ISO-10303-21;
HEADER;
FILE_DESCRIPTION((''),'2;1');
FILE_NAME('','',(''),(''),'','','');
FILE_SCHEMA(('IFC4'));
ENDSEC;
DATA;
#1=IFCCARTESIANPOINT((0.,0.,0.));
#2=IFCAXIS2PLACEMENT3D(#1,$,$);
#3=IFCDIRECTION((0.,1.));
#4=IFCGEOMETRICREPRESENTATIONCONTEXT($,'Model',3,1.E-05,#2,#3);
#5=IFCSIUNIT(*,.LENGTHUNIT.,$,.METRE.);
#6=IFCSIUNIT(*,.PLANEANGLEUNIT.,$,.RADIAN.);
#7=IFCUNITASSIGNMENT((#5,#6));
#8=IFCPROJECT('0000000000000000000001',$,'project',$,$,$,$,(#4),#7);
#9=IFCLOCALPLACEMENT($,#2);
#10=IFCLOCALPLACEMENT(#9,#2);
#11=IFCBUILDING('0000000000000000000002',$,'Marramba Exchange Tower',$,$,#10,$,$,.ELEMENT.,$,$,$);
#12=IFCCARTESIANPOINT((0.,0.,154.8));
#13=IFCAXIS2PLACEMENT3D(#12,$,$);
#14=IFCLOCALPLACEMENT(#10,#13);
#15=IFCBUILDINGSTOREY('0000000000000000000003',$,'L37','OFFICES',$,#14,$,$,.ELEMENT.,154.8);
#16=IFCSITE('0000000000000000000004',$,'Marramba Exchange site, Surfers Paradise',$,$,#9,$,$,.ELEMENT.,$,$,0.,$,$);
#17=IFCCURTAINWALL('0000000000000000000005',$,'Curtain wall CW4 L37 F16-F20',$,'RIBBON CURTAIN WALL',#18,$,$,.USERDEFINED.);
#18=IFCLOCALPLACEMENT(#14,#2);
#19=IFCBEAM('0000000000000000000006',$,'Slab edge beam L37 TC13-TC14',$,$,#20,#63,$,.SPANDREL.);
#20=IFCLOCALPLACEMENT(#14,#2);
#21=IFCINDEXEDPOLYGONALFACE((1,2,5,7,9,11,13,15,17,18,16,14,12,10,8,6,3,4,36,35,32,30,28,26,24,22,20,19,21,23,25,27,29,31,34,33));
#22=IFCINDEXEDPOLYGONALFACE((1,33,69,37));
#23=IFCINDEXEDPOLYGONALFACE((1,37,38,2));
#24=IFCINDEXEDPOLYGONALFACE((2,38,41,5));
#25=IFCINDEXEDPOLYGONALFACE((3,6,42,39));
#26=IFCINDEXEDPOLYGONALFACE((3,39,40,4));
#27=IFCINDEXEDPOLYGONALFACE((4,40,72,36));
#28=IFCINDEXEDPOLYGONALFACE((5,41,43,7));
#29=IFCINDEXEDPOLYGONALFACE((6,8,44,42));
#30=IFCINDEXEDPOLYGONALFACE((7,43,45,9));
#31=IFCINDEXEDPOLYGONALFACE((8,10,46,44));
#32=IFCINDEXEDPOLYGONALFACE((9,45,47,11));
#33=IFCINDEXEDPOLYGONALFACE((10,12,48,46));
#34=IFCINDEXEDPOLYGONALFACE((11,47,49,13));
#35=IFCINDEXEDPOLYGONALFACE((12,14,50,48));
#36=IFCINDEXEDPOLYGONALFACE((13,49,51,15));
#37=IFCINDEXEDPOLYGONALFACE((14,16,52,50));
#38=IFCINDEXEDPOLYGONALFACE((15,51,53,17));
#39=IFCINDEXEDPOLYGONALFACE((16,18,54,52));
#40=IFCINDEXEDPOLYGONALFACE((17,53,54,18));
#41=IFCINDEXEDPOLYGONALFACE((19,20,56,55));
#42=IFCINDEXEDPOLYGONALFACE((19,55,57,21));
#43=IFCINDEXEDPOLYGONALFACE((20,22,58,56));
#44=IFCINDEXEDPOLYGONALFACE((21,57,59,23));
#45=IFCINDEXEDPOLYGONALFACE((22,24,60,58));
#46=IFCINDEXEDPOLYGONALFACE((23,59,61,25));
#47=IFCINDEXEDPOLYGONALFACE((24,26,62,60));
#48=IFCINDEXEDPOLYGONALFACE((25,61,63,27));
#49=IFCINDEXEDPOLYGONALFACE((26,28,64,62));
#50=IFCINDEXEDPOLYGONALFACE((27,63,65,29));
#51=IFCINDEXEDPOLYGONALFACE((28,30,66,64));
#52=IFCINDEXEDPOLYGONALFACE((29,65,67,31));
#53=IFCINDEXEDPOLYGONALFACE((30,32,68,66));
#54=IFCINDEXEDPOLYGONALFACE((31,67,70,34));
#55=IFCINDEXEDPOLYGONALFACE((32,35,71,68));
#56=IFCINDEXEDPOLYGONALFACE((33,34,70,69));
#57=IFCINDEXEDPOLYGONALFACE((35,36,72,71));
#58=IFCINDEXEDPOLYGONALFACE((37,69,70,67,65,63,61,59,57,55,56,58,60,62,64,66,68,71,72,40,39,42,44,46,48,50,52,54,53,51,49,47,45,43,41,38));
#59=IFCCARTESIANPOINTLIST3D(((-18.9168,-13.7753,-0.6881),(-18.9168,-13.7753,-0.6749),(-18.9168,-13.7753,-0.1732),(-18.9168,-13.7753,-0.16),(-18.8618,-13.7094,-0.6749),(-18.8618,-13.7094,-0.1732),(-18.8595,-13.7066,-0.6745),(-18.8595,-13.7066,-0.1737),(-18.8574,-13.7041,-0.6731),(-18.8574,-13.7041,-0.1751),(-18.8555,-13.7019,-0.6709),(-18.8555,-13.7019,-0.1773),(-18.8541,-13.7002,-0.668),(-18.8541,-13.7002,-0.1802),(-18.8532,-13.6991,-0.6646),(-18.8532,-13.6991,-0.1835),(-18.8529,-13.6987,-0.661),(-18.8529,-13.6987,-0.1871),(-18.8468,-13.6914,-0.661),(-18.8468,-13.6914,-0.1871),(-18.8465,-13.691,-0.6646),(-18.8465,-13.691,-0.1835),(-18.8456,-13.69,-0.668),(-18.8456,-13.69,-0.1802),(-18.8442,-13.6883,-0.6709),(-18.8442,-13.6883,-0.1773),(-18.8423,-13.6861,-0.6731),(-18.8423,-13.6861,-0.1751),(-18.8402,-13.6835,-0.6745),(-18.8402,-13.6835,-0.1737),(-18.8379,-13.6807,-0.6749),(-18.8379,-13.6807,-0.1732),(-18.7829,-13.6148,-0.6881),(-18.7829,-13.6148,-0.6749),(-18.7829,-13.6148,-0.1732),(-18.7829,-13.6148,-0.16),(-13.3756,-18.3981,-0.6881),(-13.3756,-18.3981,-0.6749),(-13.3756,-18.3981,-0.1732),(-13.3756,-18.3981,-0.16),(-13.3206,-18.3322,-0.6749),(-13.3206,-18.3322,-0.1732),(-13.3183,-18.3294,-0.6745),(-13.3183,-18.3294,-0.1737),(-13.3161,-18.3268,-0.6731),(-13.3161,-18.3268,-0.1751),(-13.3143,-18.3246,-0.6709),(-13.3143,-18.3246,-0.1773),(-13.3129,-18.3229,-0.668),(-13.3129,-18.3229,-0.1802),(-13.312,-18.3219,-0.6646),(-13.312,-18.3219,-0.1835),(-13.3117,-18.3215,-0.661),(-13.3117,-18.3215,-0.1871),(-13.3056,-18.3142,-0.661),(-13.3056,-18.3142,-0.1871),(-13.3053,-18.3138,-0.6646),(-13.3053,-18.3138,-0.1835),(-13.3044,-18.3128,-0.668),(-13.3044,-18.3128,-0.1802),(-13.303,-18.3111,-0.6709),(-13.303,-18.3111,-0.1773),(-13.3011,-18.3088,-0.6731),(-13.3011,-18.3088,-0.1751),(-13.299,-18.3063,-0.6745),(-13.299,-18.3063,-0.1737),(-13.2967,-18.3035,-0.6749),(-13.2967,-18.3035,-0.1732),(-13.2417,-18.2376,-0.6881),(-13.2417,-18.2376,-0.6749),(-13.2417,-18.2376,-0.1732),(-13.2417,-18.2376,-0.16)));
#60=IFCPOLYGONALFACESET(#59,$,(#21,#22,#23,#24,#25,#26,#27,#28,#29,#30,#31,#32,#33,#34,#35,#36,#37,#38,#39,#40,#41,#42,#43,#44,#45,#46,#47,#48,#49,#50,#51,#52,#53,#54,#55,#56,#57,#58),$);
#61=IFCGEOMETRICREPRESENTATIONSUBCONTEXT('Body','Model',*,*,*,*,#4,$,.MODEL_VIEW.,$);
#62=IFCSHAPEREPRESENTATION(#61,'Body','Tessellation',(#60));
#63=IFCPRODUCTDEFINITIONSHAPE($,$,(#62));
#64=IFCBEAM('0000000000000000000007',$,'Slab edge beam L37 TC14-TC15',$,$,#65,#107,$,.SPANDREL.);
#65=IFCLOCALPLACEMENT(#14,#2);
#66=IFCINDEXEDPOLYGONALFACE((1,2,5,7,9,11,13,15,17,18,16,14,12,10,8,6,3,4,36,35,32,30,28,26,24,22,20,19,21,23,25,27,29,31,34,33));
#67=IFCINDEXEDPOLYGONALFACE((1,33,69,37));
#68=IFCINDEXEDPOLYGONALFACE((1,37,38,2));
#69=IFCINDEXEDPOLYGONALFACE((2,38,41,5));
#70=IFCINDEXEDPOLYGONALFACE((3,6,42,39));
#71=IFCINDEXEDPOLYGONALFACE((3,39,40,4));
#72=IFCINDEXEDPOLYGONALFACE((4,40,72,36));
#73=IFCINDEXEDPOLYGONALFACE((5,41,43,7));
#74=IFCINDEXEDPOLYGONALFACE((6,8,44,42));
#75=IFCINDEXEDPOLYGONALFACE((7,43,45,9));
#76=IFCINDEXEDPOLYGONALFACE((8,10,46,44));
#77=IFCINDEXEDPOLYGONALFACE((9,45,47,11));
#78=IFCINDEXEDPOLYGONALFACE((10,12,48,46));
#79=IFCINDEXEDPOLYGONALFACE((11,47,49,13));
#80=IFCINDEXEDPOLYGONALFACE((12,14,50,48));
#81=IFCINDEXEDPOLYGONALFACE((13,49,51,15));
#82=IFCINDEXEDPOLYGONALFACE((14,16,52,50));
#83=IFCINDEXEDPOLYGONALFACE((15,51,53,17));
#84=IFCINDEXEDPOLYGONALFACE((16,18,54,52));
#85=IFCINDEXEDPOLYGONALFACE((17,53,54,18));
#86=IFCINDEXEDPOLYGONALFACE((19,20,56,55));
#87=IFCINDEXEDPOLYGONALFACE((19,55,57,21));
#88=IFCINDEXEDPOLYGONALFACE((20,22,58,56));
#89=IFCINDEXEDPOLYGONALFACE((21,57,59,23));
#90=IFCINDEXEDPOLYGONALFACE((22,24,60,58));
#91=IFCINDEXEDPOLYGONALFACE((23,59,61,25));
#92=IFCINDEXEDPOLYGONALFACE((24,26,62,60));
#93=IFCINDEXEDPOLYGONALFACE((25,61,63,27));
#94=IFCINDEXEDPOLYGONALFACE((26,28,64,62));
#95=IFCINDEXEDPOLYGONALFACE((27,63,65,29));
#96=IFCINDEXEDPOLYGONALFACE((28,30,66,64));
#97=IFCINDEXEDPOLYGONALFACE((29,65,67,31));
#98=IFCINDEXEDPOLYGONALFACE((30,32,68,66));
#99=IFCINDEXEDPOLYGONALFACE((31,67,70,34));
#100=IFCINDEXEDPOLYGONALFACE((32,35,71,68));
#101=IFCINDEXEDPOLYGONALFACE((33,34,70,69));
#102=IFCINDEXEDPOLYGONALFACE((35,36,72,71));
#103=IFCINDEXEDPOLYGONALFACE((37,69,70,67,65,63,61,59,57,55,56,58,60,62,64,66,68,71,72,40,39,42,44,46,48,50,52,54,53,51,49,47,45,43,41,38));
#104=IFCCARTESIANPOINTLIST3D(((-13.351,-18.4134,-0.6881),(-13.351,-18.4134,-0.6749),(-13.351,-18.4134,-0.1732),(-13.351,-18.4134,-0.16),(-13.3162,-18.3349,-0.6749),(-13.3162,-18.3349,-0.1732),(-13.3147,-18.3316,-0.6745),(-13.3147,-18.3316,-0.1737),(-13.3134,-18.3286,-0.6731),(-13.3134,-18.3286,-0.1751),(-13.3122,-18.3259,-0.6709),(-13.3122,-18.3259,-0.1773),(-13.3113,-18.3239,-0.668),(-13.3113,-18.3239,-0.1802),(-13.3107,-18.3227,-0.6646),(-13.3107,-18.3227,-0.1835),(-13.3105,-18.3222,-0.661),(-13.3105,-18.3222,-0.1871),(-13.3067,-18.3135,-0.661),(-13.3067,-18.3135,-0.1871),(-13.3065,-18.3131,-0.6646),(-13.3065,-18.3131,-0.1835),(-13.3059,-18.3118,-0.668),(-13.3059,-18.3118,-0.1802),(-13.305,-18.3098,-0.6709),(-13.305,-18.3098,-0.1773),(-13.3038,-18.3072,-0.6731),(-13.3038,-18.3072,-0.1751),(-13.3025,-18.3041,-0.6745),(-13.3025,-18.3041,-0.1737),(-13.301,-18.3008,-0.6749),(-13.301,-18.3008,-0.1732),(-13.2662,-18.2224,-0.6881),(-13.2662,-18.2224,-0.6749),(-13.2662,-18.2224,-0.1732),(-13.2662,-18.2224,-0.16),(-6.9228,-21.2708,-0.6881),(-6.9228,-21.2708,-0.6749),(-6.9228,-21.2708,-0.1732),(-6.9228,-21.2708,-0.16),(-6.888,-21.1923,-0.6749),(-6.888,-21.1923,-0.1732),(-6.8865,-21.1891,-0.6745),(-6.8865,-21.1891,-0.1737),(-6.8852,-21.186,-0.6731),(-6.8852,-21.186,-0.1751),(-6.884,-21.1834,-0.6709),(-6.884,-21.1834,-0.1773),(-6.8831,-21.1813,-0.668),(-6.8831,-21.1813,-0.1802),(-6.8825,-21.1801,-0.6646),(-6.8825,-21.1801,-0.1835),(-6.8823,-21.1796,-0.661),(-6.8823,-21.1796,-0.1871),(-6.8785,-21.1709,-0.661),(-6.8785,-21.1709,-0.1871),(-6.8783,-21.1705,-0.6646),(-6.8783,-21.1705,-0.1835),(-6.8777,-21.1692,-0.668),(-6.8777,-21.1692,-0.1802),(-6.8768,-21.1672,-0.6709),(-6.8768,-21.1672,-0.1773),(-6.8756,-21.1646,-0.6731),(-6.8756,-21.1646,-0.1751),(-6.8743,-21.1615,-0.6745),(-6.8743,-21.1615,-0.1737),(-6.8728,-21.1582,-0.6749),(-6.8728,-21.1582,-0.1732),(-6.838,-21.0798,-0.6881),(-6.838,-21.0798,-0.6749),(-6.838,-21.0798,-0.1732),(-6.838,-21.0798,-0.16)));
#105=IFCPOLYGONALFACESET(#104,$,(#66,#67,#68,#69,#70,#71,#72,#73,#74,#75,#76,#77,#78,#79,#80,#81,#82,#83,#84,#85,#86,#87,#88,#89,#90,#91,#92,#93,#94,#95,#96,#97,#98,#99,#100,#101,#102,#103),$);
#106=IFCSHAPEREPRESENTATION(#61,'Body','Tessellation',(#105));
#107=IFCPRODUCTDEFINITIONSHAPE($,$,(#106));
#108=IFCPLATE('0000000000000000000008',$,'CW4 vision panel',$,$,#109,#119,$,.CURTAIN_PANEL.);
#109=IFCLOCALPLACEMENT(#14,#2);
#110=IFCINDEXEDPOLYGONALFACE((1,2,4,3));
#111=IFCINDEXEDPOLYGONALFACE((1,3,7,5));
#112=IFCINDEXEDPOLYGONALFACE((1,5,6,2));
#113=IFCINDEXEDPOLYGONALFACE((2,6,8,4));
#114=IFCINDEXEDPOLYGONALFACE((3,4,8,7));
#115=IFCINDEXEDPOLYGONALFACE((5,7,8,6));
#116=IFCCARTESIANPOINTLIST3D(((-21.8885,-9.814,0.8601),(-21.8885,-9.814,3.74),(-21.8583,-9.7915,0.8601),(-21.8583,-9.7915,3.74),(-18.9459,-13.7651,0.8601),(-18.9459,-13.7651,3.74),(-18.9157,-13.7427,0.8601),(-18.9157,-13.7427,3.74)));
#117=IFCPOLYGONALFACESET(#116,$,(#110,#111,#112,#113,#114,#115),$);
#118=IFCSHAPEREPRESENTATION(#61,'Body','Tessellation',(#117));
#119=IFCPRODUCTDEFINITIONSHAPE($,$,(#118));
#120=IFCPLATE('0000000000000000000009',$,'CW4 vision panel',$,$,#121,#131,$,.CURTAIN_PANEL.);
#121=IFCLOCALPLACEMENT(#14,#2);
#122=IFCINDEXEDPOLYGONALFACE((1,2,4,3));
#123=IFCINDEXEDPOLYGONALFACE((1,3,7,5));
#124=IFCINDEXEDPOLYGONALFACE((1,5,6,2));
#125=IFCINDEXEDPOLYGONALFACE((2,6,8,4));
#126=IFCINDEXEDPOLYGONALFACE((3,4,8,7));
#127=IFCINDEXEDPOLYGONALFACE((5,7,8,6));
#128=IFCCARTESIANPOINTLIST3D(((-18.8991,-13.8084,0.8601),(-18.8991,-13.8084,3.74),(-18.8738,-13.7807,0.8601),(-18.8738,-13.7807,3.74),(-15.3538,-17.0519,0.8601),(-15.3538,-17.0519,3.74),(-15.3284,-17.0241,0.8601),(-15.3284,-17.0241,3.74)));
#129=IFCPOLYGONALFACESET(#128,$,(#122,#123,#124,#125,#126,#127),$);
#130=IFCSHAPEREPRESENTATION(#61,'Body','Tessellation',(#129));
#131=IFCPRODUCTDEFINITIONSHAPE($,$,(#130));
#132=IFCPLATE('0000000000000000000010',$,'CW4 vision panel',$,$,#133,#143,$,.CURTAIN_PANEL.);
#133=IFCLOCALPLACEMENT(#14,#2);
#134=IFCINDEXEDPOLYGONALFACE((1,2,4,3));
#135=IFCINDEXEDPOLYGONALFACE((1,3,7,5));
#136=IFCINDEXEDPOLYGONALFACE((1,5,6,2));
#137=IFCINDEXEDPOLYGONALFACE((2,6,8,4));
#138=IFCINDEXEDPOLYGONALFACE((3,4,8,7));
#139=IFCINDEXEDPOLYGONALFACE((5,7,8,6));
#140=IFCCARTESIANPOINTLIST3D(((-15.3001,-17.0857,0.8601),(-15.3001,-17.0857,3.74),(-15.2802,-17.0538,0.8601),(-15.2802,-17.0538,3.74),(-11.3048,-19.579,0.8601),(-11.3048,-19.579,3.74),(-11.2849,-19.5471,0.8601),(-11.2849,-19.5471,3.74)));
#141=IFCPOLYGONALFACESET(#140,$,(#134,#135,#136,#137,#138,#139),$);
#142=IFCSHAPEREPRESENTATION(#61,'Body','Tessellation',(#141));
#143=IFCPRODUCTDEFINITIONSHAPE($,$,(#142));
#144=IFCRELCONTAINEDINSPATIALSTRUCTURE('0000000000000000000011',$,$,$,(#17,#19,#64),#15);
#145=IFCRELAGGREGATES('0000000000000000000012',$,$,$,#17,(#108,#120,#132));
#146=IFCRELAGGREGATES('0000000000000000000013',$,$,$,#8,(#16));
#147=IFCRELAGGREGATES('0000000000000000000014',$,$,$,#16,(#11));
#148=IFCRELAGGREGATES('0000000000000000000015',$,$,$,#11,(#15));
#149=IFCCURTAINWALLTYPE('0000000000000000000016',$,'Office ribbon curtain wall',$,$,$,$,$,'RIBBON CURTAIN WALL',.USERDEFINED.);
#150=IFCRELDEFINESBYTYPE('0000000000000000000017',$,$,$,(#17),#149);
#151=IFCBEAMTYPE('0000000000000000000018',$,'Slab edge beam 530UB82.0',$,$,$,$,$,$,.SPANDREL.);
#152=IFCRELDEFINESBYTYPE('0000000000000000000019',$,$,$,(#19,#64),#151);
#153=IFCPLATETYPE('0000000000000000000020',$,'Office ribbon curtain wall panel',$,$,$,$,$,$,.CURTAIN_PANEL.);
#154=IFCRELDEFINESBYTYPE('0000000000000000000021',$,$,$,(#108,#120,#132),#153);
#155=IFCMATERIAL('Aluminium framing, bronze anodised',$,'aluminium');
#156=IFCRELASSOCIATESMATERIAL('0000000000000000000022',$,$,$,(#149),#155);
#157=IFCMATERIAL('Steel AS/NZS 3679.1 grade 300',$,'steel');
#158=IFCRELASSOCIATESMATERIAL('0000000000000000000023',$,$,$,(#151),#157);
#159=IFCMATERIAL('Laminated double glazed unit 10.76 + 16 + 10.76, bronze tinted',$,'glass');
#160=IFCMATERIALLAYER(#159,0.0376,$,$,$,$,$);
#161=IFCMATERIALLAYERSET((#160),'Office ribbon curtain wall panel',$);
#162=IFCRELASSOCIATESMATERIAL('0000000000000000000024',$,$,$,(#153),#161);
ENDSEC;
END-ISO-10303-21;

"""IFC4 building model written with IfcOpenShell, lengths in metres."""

from ifc_helpers import new_model, si_unit, direction, frame, origin, origin_2d, place, context, subcontext, project, spatial, rectangle, i_section, extrude, material, layer, layer_set, material_profile, profile_set, type_object, element, aggregate, save


model = new_model("IFC4")

# Units and contexts
model_context = context("Model", 3, precision=1e-05, world=origin(), true_north=direction((0.0, 1.0)))
body_context = subcontext(model_context, "Body", "Model", "MODEL_VIEW")
ifc_project = project(units=[si_unit("LENGTHUNIT", "METRE"), si_unit("PLANEANGLEUNIT", "RADIAN")], contexts=[model_context])

# Site, building, storey
site_placement = place(None, origin())
site = spatial("IfcSite", under=ifc_project, at=site_placement, Name="Marramba Exchange site, Surfers Paradise", CompositionType="ELEMENT", RefElevation=0.0)
building_placement = place(site_placement, origin())
building = spatial("IfcBuilding", under=site, at=building_placement, Name="Marramba Exchange Tower", CompositionType="ELEMENT")
storey_placement = place(building_placement, frame((0.0, 0.0, 154.8)))
storey = spatial("IfcBuildingStorey", under=building, at=storey_placement, Name="L37", Description="OFFICES", CompositionType="ELEMENT", Elevation=154.8)

# Curtain wall
ifc_material_1 = material(Name="Aluminium framing, bronze anodised", Category="aluminium")
curtain_wall_type = type_object("IfcCurtainWallType", Name="Office ribbon curtain wall", ElementType="RIBBON CURTAIN WALL", PredefinedType="USERDEFINED", material=ifc_material_1)
curtain_wall_placement = place(storey_placement, origin())
curtain_wall = element("IfcCurtainWall", 1, at=curtain_wall_placement, inside=storey, type_object=curtain_wall_type, Name="Curtain wall CW4 L37 F16-F20", ObjectType="RIBBON CURTAIN WALL", PredefinedType="USERDEFINED")

# Beams
ifc_material_2 = material(Name="Steel AS/NZS 3679.1 grade 300", Category="steel")
ifc_material_profile_1 = material_profile(ifc_material_2, i_section(OverallWidth=0.209, OverallDepth=0.5281, WebThickness=0.0095, FlangeThickness=0.0132, FilletRadius=0.0139, at=origin_2d()), Name="530UB82.0")
ifc_profile_set_1 = profile_set([ifc_material_profile_1], Name="Steel AS/NZS 3679.1 grade 300")
beam_type_1 = type_object("IfcBeamType", Name="Slab edge beam 530UB82.0", PredefinedType="SPANDREL", material=ifc_profile_set_1)
beam_1_placement = place(storey_placement, frame((-18.8499, -13.6951, -0.4241), z_axis=(0.767875, -0.6406, 0.0), x_axis=(0.6406, 0.767875, 0.0)))
element("IfcBeam", 2, at=beam_1_placement, inside=storey, type_object=beam_type_1, Name="Slab edge beam L37 TC13-TC14", PredefinedType="SPANDREL", context=body_context, shape_type="SweptSolid", body=[
    extrude(i_section(OverallWidth=0.209, OverallDepth=0.5281, WebThickness=0.0095, FlangeThickness=0.0132, FilletRadius=0.0139, at=origin_2d()), origin(), (0.0, 0.0, 1.0), 7.2163),
])
beam_2_placement = place(storey_placement, frame((-13.3086, -18.3179, -0.4241), z_axis=(0.913789, -0.40619, 0.0), x_axis=(0.40619, 0.913789, 0.0)))
element("IfcBeam", 3, at=beam_2_placement, inside=storey, type_object=beam_type_1, Name="Slab edge beam L37 TC14-TC15", PredefinedType="SPANDREL", context=body_context, shape_type="SweptSolid", body=[
    extrude(i_section(OverallWidth=0.209, OverallDepth=0.5281, WebThickness=0.0095, FlangeThickness=0.0132, FilletRadius=0.0139, at=origin_2d()), origin(), (0.0, 0.0, 1.0), 7.0347),
])

# Plates
ifc_material_3 = material(Name="Laminated double glazed unit 10.76 + 16 + 10.76, bronze tinted", Category="glass")
ifc_layer_1 = layer(ifc_material_3, 0.0376)
ifc_layer_set_1 = layer_set([ifc_layer_1], Name="Office ribbon curtain wall panel")
plate_type = type_object("IfcPlateType", Name="Office ribbon curtain wall panel", PredefinedType="CURTAIN_PANEL", material=ifc_layer_set_1)
plate_1_placement = place(storey_placement, frame((-20.4021, -11.7783, 0.8601), z_axis=(0.0, 0.0, 1.0), x_axis=(0.597305, -0.802014, 0.0)))
plate_1 = element("IfcPlate", 4, at=plate_1_placement, type_object=plate_type, Name="CW4 vision panel", PredefinedType="CURTAIN_PANEL", context=body_context, shape_type="SweptSolid", body=[
    extrude(rectangle(XDim=4.9265, YDim=0.0376, at=origin_2d()), origin(), (0.0, 0.0, 1.0), 2.8799),
])
plate_2_placement = place(storey_placement, frame((-17.1138, -15.4163, 0.8601), z_axis=(0.0, 0.0, 1.0), x_axis=(0.737822, -0.674995, 0.0)))
plate_2 = element("IfcPlate", 5, at=plate_2_placement, type_object=plate_type, Name="CW4 vision panel", PredefinedType="CURTAIN_PANEL", context=body_context, shape_type="SweptSolid", body=[
    extrude(rectangle(XDim=4.8052, YDim=0.0376, at=origin_2d()), origin(), (0.0, 0.0, 1.0), 2.8799),
])
plate_3_placement = place(storey_placement, frame((-13.2925, -18.3164, 0.8601), z_axis=(0.0, 0.0, 1.0), x_axis=(0.848355, -0.529428, 0.0)))
plate_3 = element("IfcPlate", 6, at=plate_3_placement, type_object=plate_type, Name="CW4 vision panel", PredefinedType="CURTAIN_PANEL", context=body_context, shape_type="SweptSolid", body=[
    extrude(rectangle(XDim=4.7095, YDim=0.0376, at=origin_2d()), origin(), (0.0, 0.0, 1.0), 2.8799),
])
aggregate(curtain_wall, [plate_1, plate_2, plate_3])

save(model, "model.ifc")
